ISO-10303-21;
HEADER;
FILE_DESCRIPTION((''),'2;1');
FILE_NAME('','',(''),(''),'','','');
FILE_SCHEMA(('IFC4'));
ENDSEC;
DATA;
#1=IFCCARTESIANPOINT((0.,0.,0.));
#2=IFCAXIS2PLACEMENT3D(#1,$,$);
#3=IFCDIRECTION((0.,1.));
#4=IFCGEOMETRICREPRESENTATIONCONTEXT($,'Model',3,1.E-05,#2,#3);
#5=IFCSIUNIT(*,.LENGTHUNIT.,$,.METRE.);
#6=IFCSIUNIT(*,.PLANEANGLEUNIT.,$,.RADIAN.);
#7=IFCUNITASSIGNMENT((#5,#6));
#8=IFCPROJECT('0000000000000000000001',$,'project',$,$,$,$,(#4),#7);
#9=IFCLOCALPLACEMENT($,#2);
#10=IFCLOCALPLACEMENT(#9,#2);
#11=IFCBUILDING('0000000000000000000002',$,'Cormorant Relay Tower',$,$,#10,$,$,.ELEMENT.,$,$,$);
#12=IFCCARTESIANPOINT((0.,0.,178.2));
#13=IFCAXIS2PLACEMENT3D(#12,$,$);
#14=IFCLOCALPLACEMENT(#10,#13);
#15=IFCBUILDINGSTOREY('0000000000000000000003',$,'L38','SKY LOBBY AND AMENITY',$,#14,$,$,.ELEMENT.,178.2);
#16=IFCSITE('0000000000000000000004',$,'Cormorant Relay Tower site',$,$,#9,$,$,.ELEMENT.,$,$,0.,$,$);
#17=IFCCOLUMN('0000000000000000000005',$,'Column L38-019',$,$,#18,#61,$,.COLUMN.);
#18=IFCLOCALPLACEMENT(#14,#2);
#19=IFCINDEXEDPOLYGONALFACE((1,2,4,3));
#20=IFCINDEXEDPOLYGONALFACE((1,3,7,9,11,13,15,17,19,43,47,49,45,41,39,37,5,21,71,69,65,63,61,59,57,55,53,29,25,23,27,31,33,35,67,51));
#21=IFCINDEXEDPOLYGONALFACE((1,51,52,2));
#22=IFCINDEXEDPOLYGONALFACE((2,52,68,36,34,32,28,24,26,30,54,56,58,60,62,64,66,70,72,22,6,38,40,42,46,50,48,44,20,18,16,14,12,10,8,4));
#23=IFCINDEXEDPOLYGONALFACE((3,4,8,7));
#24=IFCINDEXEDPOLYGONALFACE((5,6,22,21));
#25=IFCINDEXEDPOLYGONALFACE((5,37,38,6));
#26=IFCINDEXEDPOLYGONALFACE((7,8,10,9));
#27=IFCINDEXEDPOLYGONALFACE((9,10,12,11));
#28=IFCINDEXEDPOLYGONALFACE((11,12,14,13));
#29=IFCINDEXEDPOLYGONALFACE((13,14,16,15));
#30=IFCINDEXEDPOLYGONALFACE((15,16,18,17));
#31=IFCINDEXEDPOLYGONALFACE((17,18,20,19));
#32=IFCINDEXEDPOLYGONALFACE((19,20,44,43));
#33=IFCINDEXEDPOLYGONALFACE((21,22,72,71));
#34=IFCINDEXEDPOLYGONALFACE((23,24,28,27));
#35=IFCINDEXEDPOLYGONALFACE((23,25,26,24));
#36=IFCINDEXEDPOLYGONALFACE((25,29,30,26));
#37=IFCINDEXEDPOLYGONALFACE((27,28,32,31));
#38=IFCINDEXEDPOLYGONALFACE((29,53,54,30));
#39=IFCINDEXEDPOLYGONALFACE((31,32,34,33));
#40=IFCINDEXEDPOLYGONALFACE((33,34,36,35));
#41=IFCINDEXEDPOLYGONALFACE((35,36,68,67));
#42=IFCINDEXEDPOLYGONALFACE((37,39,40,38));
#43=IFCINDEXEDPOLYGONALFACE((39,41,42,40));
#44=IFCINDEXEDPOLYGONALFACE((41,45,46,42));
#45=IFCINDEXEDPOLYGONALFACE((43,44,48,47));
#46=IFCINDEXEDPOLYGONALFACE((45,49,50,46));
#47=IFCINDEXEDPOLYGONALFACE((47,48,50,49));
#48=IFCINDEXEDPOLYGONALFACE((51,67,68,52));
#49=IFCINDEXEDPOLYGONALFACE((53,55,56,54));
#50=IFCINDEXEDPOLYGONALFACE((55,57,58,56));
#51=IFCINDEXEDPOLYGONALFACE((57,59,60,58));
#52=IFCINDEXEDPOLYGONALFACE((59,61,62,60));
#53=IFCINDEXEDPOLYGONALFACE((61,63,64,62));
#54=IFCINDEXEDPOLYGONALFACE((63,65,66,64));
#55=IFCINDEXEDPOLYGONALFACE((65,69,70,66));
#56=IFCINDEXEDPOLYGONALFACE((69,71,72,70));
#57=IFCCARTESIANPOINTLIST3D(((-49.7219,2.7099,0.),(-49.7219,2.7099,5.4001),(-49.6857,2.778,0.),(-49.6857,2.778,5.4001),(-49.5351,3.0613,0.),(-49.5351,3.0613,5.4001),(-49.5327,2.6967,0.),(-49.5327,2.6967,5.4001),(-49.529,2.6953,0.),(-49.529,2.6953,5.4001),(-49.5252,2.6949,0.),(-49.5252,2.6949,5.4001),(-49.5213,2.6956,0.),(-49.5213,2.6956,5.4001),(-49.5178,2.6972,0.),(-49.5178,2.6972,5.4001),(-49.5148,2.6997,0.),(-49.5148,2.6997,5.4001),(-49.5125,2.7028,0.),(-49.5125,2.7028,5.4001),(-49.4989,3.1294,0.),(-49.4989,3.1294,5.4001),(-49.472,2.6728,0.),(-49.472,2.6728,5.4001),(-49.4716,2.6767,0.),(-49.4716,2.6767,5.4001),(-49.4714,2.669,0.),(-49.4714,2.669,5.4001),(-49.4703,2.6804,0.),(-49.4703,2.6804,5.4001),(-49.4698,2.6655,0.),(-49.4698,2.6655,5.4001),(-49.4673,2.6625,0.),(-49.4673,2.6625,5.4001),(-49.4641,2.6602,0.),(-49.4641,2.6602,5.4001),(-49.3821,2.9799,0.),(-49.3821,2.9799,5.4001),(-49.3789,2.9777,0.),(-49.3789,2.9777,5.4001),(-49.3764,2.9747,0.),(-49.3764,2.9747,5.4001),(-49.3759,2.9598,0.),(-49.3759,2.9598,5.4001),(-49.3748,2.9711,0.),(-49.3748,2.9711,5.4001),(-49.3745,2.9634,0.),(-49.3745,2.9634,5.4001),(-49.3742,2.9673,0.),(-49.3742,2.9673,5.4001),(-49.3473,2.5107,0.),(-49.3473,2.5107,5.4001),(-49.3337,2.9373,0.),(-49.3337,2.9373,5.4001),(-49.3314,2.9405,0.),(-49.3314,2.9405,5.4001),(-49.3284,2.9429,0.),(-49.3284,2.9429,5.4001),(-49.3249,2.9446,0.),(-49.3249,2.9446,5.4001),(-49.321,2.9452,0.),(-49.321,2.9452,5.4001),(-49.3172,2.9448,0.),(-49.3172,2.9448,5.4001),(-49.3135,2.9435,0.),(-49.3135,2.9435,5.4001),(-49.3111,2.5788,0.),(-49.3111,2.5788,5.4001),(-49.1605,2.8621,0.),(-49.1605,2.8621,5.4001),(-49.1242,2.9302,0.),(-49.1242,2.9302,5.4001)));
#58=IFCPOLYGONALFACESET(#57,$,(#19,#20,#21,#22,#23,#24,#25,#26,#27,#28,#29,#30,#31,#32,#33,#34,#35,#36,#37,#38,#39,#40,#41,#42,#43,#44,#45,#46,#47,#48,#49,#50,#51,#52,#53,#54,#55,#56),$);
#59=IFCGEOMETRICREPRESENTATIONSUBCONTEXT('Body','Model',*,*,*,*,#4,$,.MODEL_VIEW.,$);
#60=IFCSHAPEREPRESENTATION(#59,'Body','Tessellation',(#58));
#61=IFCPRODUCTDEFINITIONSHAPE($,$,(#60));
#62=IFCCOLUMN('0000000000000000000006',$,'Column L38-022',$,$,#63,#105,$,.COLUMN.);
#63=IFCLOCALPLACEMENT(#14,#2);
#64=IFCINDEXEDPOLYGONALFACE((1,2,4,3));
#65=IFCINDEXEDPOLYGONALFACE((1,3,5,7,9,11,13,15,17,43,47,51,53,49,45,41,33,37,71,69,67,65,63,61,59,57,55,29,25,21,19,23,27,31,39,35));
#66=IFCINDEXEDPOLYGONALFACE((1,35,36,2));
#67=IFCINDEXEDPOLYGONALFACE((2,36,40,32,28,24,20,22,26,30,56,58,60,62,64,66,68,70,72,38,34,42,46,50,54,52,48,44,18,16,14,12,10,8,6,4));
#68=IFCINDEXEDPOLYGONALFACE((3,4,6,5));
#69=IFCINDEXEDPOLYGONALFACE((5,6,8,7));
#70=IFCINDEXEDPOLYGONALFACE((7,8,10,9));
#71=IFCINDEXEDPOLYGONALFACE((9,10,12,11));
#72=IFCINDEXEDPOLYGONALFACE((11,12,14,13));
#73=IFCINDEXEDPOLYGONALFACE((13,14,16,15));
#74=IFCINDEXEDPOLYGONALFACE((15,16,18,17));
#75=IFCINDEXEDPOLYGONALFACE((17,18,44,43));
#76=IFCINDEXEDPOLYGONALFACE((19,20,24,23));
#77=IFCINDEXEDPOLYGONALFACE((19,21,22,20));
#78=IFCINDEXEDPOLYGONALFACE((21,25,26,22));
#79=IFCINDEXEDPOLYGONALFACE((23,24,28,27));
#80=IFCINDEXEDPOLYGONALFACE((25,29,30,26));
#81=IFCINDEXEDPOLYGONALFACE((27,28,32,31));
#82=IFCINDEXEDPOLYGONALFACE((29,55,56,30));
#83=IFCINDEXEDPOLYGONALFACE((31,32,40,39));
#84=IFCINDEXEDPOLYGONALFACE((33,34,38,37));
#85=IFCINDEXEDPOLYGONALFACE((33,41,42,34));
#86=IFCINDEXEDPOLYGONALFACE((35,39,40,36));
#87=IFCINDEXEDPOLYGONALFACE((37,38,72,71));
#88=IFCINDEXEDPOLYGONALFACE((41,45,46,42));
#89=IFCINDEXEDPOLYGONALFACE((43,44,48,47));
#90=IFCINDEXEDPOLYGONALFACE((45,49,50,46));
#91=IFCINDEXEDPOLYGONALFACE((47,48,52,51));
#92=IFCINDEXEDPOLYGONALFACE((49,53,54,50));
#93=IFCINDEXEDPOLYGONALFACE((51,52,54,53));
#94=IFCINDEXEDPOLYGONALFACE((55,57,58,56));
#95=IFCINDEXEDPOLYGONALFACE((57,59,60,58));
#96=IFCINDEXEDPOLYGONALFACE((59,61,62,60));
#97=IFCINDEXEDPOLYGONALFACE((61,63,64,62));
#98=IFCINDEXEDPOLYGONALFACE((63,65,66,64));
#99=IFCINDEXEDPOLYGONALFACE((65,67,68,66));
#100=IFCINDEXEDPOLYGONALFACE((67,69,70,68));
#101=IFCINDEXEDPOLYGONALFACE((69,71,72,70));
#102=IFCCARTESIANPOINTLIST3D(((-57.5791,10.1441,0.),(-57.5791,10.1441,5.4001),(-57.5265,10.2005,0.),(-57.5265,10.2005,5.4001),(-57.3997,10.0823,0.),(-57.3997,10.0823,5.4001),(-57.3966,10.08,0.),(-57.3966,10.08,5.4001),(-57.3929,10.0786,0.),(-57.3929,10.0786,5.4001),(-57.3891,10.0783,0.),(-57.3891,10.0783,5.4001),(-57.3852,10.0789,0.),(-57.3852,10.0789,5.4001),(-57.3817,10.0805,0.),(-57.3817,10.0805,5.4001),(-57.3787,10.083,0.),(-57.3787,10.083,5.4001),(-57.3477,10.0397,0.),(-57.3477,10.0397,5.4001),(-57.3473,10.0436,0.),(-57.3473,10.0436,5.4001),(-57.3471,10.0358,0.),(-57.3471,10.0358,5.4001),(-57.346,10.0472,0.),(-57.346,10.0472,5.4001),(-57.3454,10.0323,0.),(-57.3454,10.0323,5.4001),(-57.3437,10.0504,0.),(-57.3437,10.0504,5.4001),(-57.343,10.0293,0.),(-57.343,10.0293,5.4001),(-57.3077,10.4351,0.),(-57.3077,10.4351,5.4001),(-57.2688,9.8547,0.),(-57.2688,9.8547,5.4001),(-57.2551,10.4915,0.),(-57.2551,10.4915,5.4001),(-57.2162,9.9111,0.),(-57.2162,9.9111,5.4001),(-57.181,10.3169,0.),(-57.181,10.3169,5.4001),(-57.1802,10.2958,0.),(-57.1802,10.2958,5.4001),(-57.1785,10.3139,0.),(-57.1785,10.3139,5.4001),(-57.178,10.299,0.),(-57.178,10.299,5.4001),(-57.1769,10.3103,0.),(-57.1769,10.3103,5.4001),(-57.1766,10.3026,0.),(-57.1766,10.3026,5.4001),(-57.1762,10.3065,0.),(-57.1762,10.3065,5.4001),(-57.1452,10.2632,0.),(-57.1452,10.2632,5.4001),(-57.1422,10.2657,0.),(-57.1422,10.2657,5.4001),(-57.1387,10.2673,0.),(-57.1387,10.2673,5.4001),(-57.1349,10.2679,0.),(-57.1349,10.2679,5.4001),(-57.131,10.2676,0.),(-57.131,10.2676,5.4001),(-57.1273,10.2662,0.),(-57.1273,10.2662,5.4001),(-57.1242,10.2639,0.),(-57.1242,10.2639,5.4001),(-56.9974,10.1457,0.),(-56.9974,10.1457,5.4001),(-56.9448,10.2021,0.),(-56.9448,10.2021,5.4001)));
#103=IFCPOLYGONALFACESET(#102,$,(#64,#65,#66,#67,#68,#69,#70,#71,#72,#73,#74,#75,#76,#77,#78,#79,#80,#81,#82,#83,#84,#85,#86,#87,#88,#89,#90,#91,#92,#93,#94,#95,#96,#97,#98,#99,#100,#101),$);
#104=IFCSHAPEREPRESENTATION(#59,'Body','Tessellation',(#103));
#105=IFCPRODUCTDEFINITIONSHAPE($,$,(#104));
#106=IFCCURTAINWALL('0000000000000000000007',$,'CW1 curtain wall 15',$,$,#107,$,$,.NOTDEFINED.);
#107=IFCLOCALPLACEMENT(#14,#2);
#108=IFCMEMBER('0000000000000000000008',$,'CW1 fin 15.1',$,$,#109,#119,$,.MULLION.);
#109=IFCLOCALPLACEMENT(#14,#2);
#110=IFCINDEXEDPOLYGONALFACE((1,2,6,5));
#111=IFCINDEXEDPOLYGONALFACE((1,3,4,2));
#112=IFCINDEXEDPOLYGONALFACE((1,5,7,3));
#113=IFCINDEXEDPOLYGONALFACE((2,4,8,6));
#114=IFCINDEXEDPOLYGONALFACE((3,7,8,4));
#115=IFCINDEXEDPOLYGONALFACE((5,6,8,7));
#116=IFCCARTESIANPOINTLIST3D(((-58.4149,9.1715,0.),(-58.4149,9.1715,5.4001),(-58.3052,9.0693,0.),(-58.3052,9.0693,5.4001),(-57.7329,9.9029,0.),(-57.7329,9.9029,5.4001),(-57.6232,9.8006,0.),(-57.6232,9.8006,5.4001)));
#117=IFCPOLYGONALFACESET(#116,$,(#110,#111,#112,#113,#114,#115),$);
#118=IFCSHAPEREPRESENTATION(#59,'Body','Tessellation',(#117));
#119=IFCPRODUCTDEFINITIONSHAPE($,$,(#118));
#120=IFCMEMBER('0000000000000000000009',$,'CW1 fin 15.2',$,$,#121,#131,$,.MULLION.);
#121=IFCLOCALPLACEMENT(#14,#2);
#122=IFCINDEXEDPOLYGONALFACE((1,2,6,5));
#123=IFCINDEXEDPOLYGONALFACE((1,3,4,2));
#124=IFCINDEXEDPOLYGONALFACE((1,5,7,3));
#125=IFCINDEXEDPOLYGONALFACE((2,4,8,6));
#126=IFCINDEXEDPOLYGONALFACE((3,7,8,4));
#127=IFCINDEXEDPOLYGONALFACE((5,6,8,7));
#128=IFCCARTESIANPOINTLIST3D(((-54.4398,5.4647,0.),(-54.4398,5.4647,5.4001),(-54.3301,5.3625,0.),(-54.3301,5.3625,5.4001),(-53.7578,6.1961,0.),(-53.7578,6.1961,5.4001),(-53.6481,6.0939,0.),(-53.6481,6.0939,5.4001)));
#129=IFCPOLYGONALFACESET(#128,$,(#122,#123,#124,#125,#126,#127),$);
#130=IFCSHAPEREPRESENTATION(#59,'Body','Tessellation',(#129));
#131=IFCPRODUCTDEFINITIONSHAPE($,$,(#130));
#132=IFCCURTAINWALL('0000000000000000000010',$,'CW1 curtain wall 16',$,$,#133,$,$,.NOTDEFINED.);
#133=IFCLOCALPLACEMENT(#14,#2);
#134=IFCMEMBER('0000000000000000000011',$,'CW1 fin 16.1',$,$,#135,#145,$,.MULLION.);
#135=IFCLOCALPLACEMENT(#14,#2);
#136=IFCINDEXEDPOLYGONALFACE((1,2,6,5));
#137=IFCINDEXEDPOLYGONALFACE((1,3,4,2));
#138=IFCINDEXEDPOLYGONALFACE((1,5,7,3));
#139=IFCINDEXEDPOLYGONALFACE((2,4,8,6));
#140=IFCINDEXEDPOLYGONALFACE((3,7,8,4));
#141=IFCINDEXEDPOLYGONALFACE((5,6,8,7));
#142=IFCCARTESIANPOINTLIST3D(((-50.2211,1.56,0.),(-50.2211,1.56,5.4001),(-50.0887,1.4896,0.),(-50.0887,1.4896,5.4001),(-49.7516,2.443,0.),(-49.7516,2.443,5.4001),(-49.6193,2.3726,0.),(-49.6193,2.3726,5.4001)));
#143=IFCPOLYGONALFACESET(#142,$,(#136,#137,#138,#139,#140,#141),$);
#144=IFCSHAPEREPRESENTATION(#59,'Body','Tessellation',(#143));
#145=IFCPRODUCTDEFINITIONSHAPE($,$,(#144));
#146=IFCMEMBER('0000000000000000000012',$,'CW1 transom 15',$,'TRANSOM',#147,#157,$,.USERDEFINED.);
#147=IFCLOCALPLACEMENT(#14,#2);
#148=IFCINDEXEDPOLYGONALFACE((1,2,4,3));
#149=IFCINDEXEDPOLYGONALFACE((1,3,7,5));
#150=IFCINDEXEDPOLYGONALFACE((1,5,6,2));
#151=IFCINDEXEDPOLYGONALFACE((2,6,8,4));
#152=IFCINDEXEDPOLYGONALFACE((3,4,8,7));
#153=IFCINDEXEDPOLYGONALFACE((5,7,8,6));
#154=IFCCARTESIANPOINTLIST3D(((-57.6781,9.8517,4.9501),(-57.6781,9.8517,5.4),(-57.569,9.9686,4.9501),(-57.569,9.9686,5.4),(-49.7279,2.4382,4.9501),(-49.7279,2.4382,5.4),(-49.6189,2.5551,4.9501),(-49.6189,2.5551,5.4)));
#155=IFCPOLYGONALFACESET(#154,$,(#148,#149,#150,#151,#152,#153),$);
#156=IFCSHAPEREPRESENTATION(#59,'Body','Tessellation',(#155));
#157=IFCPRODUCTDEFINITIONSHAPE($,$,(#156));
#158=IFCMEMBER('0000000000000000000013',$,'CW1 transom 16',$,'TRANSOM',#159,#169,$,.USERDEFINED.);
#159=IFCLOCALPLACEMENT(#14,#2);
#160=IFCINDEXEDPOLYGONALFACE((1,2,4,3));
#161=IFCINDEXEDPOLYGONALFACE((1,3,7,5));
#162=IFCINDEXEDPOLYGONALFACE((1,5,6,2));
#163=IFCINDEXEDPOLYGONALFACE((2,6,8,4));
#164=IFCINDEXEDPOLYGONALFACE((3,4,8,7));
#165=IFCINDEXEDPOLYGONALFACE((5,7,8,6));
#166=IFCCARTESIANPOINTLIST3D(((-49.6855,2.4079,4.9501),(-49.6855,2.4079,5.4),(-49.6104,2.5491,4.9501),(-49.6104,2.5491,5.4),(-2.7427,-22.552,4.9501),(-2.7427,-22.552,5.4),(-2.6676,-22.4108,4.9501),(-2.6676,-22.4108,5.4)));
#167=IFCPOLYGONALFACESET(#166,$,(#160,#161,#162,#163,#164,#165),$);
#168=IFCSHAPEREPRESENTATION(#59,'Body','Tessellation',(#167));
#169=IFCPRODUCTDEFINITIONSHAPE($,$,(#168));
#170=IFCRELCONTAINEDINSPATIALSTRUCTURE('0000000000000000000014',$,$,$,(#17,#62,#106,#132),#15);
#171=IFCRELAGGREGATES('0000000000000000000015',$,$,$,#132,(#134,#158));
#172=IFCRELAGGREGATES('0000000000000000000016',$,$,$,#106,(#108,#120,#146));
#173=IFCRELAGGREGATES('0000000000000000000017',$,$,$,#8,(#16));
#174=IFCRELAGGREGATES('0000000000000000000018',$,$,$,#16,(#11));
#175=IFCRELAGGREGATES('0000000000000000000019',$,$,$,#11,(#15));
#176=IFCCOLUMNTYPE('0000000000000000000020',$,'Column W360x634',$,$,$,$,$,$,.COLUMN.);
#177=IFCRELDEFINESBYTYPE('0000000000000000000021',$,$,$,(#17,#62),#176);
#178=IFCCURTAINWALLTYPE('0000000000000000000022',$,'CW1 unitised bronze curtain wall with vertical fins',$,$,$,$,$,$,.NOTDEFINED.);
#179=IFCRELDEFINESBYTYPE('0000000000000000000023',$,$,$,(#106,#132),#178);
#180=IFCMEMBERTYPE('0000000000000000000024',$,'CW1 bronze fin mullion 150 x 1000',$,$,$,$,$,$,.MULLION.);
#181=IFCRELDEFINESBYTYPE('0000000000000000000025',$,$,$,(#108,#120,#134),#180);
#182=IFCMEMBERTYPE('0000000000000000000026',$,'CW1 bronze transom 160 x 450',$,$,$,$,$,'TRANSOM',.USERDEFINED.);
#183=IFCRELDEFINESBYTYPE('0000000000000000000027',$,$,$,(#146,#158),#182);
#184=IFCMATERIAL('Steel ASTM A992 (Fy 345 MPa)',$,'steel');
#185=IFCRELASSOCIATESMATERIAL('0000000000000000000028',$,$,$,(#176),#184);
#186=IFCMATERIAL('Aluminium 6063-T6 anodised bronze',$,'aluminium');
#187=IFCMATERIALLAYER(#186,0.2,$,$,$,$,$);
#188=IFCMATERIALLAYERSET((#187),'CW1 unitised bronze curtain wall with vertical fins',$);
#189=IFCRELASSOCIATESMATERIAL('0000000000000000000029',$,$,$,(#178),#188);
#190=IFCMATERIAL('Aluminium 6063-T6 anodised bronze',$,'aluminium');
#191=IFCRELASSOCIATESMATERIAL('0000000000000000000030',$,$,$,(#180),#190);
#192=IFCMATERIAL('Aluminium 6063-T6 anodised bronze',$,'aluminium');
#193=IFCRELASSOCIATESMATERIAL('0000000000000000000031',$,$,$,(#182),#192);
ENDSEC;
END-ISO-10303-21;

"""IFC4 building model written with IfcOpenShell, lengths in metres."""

from ifc_helpers import new_model, si_unit, direction, frame, origin, origin_2d, place, context, subcontext, project, spatial, rectangle, i_section, extrude, material, layer, layer_set, material_profile, profile_set, type_object, element, aggregate, save


model = new_model("IFC4")

# Units and contexts
model_context = context("Model", 3, precision=1e-05, world=origin(), true_north=direction((0.0, 1.0)))
body_context = subcontext(model_context, "Body", "Model", "MODEL_VIEW")
ifc_project = project(units=[si_unit("LENGTHUNIT", "METRE"), si_unit("PLANEANGLEUNIT", "RADIAN")], contexts=[model_context])

# Site, building, storey
site_placement = place(None, origin())
site = spatial("IfcSite", under=ifc_project, at=site_placement, Name="Cormorant Relay Tower site", CompositionType="ELEMENT", RefElevation=0.0)
building_placement = place(site_placement, origin())
building = spatial("IfcBuilding", under=site, at=building_placement, Name="Cormorant Relay Tower", CompositionType="ELEMENT")
storey_placement = place(building_placement, frame((0.0, 0.0, 178.2)))
storey = spatial("IfcBuildingStorey", under=building, at=storey_placement, Name="L38", Description="SKY LOBBY AND AMENITY", CompositionType="ELEMENT", Elevation=178.2)

# Columns
ifc_material_1 = material(Name="Steel ASTM A992 (Fy 345 MPa)", Category="steel")
ifc_material_profile_1 = material_profile(ifc_material_1, i_section(OverallWidth=0.4243, OverallDepth=0.4751, WebThickness=0.0479, FlangeThickness=0.0771, FilletRadius=0.0149, at=origin_2d()), Name="W360x634")
ifc_profile_set_1 = profile_set([ifc_material_profile_1], Name="Steel ASTM A992 (Fy 345 MPa)")
column_type = type_object("IfcColumnType", Name="Column W360x634", PredefinedType="COLUMN", material=ifc_profile_set_1)
for number, where, z_axis, x_axis, name in (
    (1, (-49.4231, 2.8201, 0.0), (0.0, 0.0, 1.0), (0.882948, -0.469472, 0.0), "Column L38-019"),
    (2, (-57.262, 10.1731, 0.0), (0.0, 0.0, 1.0), (0.731354, -0.681998, 0.0), "Column L38-022"),
):
    element("IfcColumn", number, at=place(storey_placement, frame(where, z_axis=z_axis, x_axis=x_axis)), inside=storey, type_object=column_type, Name=name, PredefinedType="COLUMN", context=body_context, shape_type="SweptSolid", body=[
        extrude(i_section(OverallWidth=0.4243, OverallDepth=0.4751, WebThickness=0.0479, FlangeThickness=0.0771, FilletRadius=0.0149, at=origin_2d()), origin(), (0.0, 0.0, 1.0), 5.4001),
    ])

# Curtain wall, members
ifc_material_2 = material(Name="Aluminium 6063-T6 anodised bronze", Category="aluminium")
ifc_layer_1 = layer(ifc_material_2, 0.2)
ifc_layer_set_1 = layer_set([ifc_layer_1], Name="CW1 unitised bronze curtain wall with vertical fins")
curtain_wall_type = type_object("IfcCurtainWallType", Name="CW1 unitised bronze curtain wall with vertical fins", PredefinedType="NOTDEFINED", material=ifc_layer_set_1)
curtain_wall_1_placement = place(storey_placement, origin())
curtain_wall_1 = element("IfcCurtainWall", 3, at=curtain_wall_1_placement, inside=storey, type_object=curtain_wall_type, Name="CW1 curtain wall 15", PredefinedType="NOTDEFINED")
ifc_material_3 = material(Name="Aluminium 6063-T6 anodised bronze", Category="aluminium")
ifc_material_profile_2 = material_profile(ifc_material_3, rectangle(XDim=0.1499, YDim=1.0, at=origin_2d()), Name="AL 150x1000")
ifc_profile_set_2 = profile_set([ifc_material_profile_2], Name="Aluminium 6063-T6 anodised bronze")
member_type_1 = type_object("IfcMemberType", Name="CW1 bronze fin mullion 150 x 1000", PredefinedType="MULLION", material=ifc_profile_set_2)
member_1_placement = place(storey_placement, frame((-58.019, 9.4861, 0.0), z_axis=(0.0, 0.0, 1.0), x_axis=(0.731354, -0.681998, 0.0)))
member_1 = element("IfcMember", 4, at=member_1_placement, type_object=member_type_1, Name="CW1 fin 15.1", PredefinedType="MULLION", context=body_context, shape_type="SweptSolid", body=[
    extrude(rectangle(XDim=0.1499, YDim=1.0, at=origin_2d()), origin(), (0.0, 0.0, 1.0), 5.4001),
])
member_2_placement = place(storey_placement, frame((-54.0439, 5.7793, 0.0), z_axis=(0.0, 0.0, 1.0), x_axis=(0.731354, -0.681998, 0.0)))
member_2 = element("IfcMember", 5, at=member_2_placement, type_object=member_type_1, Name="CW1 fin 15.2", PredefinedType="MULLION", context=body_context, shape_type="SweptSolid", body=[
    extrude(rectangle(XDim=0.1499, YDim=1.0, at=origin_2d()), origin(), (0.0, 0.0, 1.0), 5.4001),
])

# Curtain wall, member
curtain_wall_2_placement = place(storey_placement, origin())
curtain_wall_2 = element("IfcCurtainWall", 6, at=curtain_wall_2_placement, inside=storey, type_object=curtain_wall_type, Name="CW1 curtain wall 16", PredefinedType="NOTDEFINED")
member_3_placement = place(storey_placement, frame((-49.9202, 1.9663, 0.0), z_axis=(0.0, 0.0, 1.0), x_axis=(0.882948, -0.469472, 0.0)))
member_3 = element("IfcMember", 7, at=member_3_placement, type_object=member_type_1, Name="CW1 fin 16.1", PredefinedType="MULLION", context=body_context, shape_type="SweptSolid", body=[
    extrude(rectangle(XDim=0.1499, YDim=1.0, at=origin_2d()), origin(), (0.0, 0.0, 1.0), 5.4001),
])

# Members
ifc_material_4 = material(Name="Aluminium 6063-T6 anodised bronze", Category="aluminium")
ifc_material_profile_3 = material_profile(ifc_material_4, rectangle(XDim=0.1599, YDim=0.45, at=origin_2d()), Name="AL 160x450")
ifc_profile_set_3 = profile_set([ifc_material_profile_3], Name="Aluminium 6063-T6 anodised bronze")
member_type_2 = type_object("IfcMemberType", Name="CW1 bronze transom 160 x 450", ElementType="TRANSOM", PredefinedType="USERDEFINED", material=ifc_profile_set_3)
member_4_placement = place(storey_placement, frame((-57.6235, 9.9102, 5.175), z_axis=(0.731358, -0.681993, 0.0), x_axis=(0.681993, 0.731358, 0.0)))
member_4 = element("IfcMember", 8, at=member_4_placement, type_object=member_type_2, Name="CW1 transom 15", ObjectType="TRANSOM", PredefinedType="USERDEFINED", context=body_context, shape_type="SweptSolid", body=[
    extrude(rectangle(XDim=0.1599, YDim=0.45, at=origin_2d()), origin(), (0.0, 0.0, 1.0), 10.8704),
])
member_5_placement = place(storey_placement, frame((-49.6479, 2.4785, 5.175), z_axis=(0.882948, -0.469471, 0.0), x_axis=(0.469471, 0.882948, 0.0)))
member_5 = element("IfcMember", 9, at=member_5_placement, type_object=member_type_2, Name="CW1 transom 16", ObjectType="TRANSOM", PredefinedType="USERDEFINED", context=body_context, shape_type="SweptSolid", body=[
    extrude(rectangle(XDim=0.1599, YDim=0.45, at=origin_2d()), origin(), (0.0, 0.0, 1.0), 53.166),
])
aggregate(curtain_wall_2, [member_3, member_5])

aggregate(curtain_wall_1, [member_1, member_2, member_4])

save(model, "model.ifc")
